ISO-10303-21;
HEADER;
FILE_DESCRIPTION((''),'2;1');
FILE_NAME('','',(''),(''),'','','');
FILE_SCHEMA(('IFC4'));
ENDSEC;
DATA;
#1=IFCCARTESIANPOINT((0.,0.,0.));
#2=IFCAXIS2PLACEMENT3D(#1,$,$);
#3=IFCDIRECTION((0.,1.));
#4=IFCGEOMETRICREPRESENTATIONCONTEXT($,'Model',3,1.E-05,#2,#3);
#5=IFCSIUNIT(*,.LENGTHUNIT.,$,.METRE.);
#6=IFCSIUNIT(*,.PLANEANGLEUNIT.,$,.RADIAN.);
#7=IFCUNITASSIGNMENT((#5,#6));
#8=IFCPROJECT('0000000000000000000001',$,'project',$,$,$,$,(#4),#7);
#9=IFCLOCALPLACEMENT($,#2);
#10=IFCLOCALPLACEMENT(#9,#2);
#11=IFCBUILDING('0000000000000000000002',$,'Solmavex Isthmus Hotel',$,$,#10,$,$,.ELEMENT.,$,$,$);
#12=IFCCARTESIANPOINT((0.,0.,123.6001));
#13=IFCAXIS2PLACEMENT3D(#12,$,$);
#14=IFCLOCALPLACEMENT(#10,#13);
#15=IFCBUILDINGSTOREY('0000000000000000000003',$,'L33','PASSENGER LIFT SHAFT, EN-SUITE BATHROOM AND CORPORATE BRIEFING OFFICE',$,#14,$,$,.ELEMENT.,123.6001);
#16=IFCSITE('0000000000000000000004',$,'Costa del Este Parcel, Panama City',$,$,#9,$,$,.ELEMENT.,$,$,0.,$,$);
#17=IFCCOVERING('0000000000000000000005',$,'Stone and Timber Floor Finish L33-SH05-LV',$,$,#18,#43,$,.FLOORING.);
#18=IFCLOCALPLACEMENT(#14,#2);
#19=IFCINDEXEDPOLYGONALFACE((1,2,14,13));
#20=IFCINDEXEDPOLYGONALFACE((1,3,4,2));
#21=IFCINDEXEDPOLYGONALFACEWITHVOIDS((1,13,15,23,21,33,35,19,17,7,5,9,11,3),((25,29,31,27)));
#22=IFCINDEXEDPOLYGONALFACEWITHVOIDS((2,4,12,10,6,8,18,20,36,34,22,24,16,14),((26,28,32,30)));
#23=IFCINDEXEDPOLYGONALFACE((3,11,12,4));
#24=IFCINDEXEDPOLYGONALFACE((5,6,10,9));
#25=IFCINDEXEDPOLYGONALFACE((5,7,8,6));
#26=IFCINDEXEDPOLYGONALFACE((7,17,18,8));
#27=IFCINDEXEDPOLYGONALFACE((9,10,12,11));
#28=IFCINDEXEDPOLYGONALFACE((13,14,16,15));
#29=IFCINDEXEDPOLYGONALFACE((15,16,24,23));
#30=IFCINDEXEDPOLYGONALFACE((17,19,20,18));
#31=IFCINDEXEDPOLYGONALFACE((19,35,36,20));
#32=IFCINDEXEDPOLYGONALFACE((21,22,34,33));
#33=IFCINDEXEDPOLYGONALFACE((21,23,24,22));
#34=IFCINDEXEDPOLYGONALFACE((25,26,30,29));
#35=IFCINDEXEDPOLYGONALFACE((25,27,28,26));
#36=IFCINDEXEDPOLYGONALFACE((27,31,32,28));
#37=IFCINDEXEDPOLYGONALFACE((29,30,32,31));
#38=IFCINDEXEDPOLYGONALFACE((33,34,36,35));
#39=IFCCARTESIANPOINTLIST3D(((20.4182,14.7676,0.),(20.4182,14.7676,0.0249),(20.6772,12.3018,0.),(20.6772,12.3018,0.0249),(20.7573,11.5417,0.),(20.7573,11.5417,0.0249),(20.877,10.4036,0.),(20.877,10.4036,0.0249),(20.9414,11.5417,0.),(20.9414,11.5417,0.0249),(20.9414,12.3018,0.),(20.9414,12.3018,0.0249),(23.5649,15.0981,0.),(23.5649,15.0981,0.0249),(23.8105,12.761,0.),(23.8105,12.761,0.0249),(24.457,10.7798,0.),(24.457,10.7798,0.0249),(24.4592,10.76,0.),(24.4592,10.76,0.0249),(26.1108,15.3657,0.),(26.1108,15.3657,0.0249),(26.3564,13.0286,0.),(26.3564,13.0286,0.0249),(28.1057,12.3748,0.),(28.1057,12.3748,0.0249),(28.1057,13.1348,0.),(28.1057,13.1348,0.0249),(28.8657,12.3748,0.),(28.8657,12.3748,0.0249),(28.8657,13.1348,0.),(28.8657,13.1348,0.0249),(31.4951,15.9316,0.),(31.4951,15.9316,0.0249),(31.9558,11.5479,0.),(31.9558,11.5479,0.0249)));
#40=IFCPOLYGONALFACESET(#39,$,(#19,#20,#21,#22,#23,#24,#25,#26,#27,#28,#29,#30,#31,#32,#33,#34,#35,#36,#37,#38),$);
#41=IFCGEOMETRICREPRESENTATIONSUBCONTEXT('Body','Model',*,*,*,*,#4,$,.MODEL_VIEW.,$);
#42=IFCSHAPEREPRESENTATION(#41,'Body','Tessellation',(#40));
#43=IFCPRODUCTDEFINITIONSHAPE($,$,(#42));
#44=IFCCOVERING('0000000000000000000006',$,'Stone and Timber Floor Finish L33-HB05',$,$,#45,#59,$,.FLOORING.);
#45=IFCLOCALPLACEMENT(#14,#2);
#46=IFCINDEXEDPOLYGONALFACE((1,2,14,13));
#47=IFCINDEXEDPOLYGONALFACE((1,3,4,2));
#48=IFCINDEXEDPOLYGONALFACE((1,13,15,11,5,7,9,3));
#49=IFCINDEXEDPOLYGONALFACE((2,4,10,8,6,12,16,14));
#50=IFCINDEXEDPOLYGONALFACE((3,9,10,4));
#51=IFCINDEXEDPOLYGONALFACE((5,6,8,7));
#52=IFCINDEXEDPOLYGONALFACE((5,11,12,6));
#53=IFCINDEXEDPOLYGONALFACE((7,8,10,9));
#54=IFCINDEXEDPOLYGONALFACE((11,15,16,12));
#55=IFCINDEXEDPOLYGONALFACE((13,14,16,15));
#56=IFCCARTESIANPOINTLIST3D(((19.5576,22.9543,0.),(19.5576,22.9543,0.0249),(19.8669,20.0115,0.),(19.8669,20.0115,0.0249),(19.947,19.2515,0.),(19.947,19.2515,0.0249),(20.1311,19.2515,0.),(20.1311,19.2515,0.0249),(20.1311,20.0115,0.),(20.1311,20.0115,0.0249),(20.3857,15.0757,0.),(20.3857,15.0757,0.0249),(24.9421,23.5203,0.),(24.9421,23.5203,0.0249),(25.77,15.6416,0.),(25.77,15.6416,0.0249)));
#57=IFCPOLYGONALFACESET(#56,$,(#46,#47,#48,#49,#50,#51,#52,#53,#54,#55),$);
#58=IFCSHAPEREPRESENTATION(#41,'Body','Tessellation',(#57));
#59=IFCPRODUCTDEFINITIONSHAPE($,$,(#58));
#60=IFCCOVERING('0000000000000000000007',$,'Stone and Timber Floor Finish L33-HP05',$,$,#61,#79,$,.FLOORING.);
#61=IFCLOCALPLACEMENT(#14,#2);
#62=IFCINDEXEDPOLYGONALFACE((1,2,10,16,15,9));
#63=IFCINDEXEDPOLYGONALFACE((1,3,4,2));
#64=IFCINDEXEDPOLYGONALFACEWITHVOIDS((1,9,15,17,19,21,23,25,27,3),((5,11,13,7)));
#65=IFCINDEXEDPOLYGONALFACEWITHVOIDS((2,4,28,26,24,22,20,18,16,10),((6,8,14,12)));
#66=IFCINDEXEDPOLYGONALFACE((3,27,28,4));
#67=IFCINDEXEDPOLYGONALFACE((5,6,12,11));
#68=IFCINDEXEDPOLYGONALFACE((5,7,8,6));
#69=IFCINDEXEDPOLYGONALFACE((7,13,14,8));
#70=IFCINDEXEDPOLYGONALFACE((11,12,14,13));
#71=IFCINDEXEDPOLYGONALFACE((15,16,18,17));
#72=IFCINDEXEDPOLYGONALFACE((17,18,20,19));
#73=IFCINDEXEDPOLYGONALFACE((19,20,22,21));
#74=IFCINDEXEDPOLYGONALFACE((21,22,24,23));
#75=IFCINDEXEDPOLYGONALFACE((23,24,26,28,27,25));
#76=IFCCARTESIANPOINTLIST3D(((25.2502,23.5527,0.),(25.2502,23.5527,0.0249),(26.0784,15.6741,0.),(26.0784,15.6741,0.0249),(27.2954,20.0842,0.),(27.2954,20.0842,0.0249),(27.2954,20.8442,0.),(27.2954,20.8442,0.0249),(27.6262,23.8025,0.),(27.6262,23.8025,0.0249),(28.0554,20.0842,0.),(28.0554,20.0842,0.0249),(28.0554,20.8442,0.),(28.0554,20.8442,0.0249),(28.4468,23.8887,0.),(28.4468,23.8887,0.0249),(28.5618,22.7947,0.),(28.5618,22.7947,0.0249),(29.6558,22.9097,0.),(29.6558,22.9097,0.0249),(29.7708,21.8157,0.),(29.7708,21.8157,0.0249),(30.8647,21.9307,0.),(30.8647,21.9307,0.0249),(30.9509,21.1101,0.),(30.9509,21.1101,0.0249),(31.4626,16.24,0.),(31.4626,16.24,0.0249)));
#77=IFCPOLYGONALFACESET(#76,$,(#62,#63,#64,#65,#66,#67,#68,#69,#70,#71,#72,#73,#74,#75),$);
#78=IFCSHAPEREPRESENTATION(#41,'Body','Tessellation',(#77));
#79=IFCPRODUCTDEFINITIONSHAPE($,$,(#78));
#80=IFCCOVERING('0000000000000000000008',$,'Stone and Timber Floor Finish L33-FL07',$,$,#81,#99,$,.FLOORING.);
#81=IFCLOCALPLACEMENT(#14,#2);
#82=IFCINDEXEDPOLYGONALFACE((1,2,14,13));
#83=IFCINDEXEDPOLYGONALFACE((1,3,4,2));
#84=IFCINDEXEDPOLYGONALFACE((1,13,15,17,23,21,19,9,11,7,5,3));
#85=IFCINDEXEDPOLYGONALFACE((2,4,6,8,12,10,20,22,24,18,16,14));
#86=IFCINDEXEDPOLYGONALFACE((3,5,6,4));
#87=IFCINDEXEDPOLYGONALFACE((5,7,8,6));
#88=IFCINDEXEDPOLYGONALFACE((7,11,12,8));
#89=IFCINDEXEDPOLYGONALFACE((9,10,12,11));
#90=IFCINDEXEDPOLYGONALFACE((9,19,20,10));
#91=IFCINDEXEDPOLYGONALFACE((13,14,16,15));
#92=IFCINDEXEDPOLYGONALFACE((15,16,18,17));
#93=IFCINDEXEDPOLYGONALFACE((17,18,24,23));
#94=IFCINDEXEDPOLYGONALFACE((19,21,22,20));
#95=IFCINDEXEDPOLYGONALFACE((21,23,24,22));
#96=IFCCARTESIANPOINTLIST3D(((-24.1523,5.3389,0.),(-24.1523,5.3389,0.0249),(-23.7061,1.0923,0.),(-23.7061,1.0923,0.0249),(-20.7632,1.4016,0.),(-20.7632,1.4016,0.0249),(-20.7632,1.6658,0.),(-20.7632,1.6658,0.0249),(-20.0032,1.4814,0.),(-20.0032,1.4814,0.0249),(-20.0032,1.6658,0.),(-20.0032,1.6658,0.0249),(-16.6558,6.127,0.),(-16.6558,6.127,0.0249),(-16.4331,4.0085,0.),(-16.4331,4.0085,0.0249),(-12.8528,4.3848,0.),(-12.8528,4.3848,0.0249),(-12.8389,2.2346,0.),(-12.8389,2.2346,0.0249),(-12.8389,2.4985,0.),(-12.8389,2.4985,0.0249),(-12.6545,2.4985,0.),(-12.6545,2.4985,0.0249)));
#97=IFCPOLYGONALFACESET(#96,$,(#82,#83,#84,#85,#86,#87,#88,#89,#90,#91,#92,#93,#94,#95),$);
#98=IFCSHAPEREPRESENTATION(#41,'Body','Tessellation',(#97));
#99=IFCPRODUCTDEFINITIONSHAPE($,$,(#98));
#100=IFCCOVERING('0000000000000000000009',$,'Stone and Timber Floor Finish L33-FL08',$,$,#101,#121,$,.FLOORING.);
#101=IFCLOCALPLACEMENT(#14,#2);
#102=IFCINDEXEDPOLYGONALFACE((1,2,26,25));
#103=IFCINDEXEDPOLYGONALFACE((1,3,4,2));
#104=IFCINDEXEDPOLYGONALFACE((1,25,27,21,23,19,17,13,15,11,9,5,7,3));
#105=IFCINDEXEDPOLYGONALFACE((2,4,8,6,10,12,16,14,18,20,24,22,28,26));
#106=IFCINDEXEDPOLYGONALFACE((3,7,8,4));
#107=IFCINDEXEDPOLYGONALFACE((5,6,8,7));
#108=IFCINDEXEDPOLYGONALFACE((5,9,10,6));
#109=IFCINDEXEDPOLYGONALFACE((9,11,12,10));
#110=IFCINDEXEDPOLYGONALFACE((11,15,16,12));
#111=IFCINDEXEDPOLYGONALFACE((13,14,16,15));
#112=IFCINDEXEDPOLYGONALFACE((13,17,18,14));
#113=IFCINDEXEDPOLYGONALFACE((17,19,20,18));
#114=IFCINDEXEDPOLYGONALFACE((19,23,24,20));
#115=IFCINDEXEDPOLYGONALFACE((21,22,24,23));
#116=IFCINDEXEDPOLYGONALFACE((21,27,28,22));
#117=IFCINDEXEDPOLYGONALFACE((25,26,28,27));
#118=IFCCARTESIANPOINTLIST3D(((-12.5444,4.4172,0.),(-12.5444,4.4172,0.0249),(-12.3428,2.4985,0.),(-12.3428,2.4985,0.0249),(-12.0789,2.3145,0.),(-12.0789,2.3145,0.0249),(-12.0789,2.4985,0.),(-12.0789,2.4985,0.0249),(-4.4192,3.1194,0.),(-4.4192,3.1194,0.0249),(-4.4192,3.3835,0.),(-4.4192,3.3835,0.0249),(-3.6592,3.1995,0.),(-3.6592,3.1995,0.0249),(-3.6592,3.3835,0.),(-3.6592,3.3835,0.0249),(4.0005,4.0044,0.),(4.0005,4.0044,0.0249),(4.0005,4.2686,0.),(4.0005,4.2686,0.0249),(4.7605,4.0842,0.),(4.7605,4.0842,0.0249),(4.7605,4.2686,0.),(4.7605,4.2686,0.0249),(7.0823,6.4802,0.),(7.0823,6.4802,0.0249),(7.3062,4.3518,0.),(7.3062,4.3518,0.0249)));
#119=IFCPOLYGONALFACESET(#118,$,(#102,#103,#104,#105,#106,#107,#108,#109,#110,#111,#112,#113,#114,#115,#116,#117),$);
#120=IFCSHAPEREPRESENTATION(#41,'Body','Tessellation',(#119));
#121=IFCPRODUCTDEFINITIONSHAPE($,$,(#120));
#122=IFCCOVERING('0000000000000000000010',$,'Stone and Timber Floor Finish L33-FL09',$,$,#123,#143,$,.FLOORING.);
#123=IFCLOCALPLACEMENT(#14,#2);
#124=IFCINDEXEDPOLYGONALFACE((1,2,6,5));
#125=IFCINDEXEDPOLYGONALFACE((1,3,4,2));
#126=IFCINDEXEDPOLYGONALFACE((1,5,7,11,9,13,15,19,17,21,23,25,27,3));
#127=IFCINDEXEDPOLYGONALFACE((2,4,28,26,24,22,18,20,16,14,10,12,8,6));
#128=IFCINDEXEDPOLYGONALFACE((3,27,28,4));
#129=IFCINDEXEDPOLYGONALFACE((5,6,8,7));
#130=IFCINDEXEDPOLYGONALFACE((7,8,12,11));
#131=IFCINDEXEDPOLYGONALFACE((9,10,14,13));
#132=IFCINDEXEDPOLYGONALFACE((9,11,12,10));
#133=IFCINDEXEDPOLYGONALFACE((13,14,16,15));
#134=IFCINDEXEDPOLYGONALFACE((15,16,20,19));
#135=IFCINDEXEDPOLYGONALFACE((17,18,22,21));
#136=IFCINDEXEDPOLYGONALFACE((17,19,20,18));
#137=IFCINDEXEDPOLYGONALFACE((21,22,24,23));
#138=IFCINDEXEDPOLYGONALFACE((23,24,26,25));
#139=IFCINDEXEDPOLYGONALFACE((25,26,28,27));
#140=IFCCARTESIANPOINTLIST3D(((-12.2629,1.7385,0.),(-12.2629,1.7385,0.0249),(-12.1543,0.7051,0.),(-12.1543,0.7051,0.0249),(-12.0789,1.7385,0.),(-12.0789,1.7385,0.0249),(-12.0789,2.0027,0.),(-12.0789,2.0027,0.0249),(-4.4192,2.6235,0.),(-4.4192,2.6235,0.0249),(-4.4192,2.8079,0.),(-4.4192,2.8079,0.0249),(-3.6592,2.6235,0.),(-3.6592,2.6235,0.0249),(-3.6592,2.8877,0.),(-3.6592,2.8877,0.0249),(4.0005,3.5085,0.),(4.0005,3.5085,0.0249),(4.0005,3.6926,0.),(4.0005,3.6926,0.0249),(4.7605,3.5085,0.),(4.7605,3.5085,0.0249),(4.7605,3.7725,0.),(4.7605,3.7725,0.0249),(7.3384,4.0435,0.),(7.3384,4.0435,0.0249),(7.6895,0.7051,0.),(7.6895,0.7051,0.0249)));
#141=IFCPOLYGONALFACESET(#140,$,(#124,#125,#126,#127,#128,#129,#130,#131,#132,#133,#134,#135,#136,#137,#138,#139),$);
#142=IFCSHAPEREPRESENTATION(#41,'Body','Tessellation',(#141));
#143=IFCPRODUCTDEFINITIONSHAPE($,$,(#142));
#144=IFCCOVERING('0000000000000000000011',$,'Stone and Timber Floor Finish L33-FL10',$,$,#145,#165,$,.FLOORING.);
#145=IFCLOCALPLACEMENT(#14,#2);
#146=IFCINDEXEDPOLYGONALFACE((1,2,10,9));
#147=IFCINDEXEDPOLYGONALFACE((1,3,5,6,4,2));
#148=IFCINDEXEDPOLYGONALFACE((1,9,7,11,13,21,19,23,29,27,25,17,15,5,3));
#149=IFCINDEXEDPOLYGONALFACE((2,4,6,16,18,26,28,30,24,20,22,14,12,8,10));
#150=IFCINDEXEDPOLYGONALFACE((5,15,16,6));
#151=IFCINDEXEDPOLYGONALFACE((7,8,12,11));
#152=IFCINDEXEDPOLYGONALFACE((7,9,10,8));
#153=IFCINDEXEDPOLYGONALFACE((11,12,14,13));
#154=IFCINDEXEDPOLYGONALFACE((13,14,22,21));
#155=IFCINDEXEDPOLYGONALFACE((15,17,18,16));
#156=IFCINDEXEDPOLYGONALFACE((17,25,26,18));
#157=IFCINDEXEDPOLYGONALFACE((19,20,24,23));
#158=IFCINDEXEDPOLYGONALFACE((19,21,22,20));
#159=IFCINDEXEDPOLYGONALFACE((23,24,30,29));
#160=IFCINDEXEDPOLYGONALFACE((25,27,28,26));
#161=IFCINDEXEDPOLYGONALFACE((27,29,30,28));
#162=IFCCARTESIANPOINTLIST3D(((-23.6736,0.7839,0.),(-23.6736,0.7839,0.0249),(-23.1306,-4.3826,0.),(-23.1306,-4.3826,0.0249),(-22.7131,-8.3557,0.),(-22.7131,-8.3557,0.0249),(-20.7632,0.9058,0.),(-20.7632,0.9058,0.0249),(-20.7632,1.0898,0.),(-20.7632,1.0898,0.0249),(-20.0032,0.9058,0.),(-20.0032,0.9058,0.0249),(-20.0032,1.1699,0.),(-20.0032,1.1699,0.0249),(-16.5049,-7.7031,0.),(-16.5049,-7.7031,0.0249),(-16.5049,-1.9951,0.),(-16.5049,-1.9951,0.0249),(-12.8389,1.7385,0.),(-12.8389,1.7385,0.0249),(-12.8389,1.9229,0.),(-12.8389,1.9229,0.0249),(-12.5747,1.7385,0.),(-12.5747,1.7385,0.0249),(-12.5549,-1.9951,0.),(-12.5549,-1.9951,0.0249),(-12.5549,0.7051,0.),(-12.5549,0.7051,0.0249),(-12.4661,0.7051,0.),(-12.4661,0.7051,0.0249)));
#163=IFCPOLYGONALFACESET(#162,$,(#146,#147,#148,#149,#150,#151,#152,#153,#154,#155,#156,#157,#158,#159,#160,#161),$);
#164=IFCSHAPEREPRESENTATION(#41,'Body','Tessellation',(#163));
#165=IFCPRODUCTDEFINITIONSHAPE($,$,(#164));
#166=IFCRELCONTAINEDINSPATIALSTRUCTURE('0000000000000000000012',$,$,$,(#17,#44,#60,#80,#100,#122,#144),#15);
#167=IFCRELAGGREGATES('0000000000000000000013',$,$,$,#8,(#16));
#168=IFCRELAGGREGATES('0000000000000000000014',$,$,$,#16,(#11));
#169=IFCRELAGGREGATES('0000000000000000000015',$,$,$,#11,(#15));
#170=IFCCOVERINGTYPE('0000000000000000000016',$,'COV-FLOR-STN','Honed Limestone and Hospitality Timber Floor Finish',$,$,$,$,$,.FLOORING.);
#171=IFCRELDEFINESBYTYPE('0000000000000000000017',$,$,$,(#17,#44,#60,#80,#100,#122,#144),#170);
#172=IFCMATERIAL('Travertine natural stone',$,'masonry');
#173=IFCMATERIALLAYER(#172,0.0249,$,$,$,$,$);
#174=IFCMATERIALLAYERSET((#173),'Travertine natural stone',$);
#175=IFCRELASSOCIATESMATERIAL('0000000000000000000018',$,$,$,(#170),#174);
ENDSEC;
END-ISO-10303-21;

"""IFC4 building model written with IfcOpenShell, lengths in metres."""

from ifc_helpers import new_model, si_unit, direction, frame, origin, place, context, subcontext, project, spatial, polyline, outline, extrude, material, layer, layer_set, type_object, element, save


model = new_model("IFC4")

# Units and contexts
model_context = context("Model", 3, precision=1e-05, world=origin(), true_north=direction((0.0, 1.0)))
body_context = subcontext(model_context, "Body", "Model", "MODEL_VIEW")
ifc_project = project(units=[si_unit("LENGTHUNIT", "METRE"), si_unit("PLANEANGLEUNIT", "RADIAN")], contexts=[model_context])

# Site, building, storey
site_placement = place(None, origin())
site = spatial("IfcSite", under=ifc_project, at=site_placement, Name="Costa del Este Parcel, Panama City", CompositionType="ELEMENT", RefElevation=0.0)
building_placement = place(site_placement, origin())
building = spatial("IfcBuilding", under=site, at=building_placement, Name="Solmavex Isthmus Hotel", CompositionType="ELEMENT")
storey_placement = place(building_placement, frame((0.0, 0.0, 123.6001)))
storey = spatial("IfcBuildingStorey", under=building, at=storey_placement, Name="L33", Description="PASSENGER LIFT SHAFT, EN-SUITE BATHROOM AND CORPORATE BRIEFING OFFICE", CompositionType="ELEMENT", Elevation=123.6001)

# Coverings
ifc_material_1 = material(Name="Travertine natural stone", Category="masonry")
ifc_layer_1 = layer(ifc_material_1, 0.0249)
ifc_layer_set_1 = layer_set([ifc_layer_1], Name="Travertine natural stone")
covering_type_1 = type_object("IfcCoveringType", Name="COV-FLOR-STN", Description="Honed Limestone and Hospitality Timber Floor Finish", PredefinedType="FLOORING", material=ifc_layer_set_1)
covering_1_placement = place(storey_placement, origin())
element("IfcCovering", 1, at=covering_1_placement, inside=storey, type_object=covering_type_1, Name="Stone and Timber Floor Finish L33-SH05-LV", PredefinedType="FLOORING", context=body_context, shape_type="SweptSolid", body=[
    extrude(outline(polyline([(23.5649, 15.0981), (20.4182, 14.7676), (20.6772, 12.3018), (20.9414, 12.3018), (20.9414, 11.5417), (20.7573, 11.5417), (20.877, 10.4036), (24.457, 10.7798), (24.4592, 10.76), (31.9558, 11.5479), (31.4951, 15.9316), (26.1108, 15.3657), (26.3564, 13.0286), (23.8105, 12.761), (23.5649, 15.0981)]), holes=[polyline([(28.1057, 12.3748), (28.1057, 13.1348), (28.8657, 13.1348), (28.8657, 12.3748), (28.1057, 12.3748)])]), origin(), (0.0, 0.0, 1.0), 0.0249),
])
covering_2_placement = place(storey_placement, origin())
element("IfcCovering", 2, at=covering_2_placement, inside=storey, type_object=covering_type_1, Name="Stone and Timber Floor Finish L33-HB05", PredefinedType="FLOORING", context=body_context, shape_type="SweptSolid", body=[
    extrude(outline(polyline([(19.8669, 20.0115), (20.1311, 20.0115), (20.1311, 19.2515), (19.947, 19.2515), (20.3857, 15.0757), (25.77, 15.6416), (24.9421, 23.5203), (19.5576, 22.9543), (19.8669, 20.0115)])), origin(), (0.0, 0.0, 1.0), 0.0249),
])
covering_3_placement = place(storey_placement, origin())
element("IfcCovering", 3, at=covering_3_placement, inside=storey, type_object=covering_type_1, Name="Stone and Timber Floor Finish L33-HP05", PredefinedType="FLOORING", context=body_context, shape_type="SweptSolid", body=[
    extrude(outline(polyline([(30.9509, 21.1101), (30.8647, 21.9307), (29.7708, 21.8157), (29.6558, 22.9097), (28.5618, 22.7947), (28.4468, 23.8887), (27.6262, 23.8025), (25.2502, 23.5527), (26.0784, 15.6741), (31.4626, 16.24), (30.9509, 21.1101)]), holes=[polyline([(27.2954, 20.8442), (28.0554, 20.8442), (28.0554, 20.0842), (27.2954, 20.0842), (27.2954, 20.8442)])]), origin(), (0.0, 0.0, 1.0), 0.0249),
])
covering_4_placement = place(storey_placement, origin())
element("IfcCovering", 4, at=covering_4_placement, inside=storey, type_object=covering_type_1, Name="Stone and Timber Floor Finish L33-FL07", PredefinedType="FLOORING", context=body_context, shape_type="SweptSolid", body=[
    extrude(outline(polyline([(-12.8389, 2.2346), (-12.8389, 2.4985), (-12.6545, 2.4985), (-12.8528, 4.3848), (-16.4331, 4.0085), (-16.6558, 6.127), (-24.1523, 5.3389), (-23.7061, 1.0923), (-20.7632, 1.4016), (-20.7632, 1.6658), (-20.0032, 1.6658), (-20.0032, 1.4814), (-12.8389, 2.2346)])), origin(), (0.0, 0.0, 1.0), 0.0249),
])
covering_5_placement = place(storey_placement, origin())
element("IfcCovering", 5, at=covering_5_placement, inside=storey, type_object=covering_type_1, Name="Stone and Timber Floor Finish L33-FL08", PredefinedType="FLOORING", context=body_context, shape_type="SweptSolid", body=[
    extrude(outline(polyline([(4.0005, 4.0044), (4.0005, 4.2686), (4.7605, 4.2686), (4.7605, 4.0842), (7.3062, 4.3518), (7.0823, 6.4802), (-12.5444, 4.4172), (-12.3428, 2.4985), (-12.0789, 2.4985), (-12.0789, 2.3145), (-4.4192, 3.1194), (-4.4192, 3.3835), (-3.6592, 3.3835), (-3.6592, 3.1995), (4.0005, 4.0044)])), origin(), (0.0, 0.0, 1.0), 0.0249),
])
covering_6_placement = place(storey_placement, origin())
element("IfcCovering", 6, at=covering_6_placement, inside=storey, type_object=covering_type_1, Name="Stone and Timber Floor Finish L33-FL09", PredefinedType="FLOORING", context=body_context, shape_type="SweptSolid", body=[
    extrude(outline(polyline([(-12.0789, 2.0027), (-12.0789, 1.7385), (-12.2629, 1.7385), (-12.1543, 0.7051), (7.6895, 0.7051), (7.3384, 4.0435), (4.7605, 3.7725), (4.7605, 3.5085), (4.0005, 3.5085), (4.0005, 3.6926), (-3.6592, 2.8877), (-3.6592, 2.6235), (-4.4192, 2.6235), (-4.4192, 2.8079), (-12.0789, 2.0027)])), origin(), (0.0, 0.0, 1.0), 0.0249),
])
covering_7_placement = place(storey_placement, origin())
element("IfcCovering", 7, at=covering_7_placement, inside=storey, type_object=covering_type_1, Name="Stone and Timber Floor Finish L33-FL10", PredefinedType="FLOORING", context=body_context, shape_type="SweptSolid", body=[
    extrude(outline(polyline([(-20.0032, 1.1699), (-20.0032, 0.9058), (-20.7632, 0.9058), (-20.7632, 1.0898), (-23.6736, 0.7839), (-23.1306, -4.3826), (-22.7131, -8.3557), (-16.5049, -7.7031), (-16.5049, -1.9951), (-12.5549, -1.9951), (-12.5549, 0.7051), (-12.4661, 0.7051), (-12.5747, 1.7385), (-12.8389, 1.7385), (-12.8389, 1.9229), (-20.0032, 1.1699)])), origin(), (0.0, 0.0, 1.0), 0.0249),
])

save(model, "model.ifc")
